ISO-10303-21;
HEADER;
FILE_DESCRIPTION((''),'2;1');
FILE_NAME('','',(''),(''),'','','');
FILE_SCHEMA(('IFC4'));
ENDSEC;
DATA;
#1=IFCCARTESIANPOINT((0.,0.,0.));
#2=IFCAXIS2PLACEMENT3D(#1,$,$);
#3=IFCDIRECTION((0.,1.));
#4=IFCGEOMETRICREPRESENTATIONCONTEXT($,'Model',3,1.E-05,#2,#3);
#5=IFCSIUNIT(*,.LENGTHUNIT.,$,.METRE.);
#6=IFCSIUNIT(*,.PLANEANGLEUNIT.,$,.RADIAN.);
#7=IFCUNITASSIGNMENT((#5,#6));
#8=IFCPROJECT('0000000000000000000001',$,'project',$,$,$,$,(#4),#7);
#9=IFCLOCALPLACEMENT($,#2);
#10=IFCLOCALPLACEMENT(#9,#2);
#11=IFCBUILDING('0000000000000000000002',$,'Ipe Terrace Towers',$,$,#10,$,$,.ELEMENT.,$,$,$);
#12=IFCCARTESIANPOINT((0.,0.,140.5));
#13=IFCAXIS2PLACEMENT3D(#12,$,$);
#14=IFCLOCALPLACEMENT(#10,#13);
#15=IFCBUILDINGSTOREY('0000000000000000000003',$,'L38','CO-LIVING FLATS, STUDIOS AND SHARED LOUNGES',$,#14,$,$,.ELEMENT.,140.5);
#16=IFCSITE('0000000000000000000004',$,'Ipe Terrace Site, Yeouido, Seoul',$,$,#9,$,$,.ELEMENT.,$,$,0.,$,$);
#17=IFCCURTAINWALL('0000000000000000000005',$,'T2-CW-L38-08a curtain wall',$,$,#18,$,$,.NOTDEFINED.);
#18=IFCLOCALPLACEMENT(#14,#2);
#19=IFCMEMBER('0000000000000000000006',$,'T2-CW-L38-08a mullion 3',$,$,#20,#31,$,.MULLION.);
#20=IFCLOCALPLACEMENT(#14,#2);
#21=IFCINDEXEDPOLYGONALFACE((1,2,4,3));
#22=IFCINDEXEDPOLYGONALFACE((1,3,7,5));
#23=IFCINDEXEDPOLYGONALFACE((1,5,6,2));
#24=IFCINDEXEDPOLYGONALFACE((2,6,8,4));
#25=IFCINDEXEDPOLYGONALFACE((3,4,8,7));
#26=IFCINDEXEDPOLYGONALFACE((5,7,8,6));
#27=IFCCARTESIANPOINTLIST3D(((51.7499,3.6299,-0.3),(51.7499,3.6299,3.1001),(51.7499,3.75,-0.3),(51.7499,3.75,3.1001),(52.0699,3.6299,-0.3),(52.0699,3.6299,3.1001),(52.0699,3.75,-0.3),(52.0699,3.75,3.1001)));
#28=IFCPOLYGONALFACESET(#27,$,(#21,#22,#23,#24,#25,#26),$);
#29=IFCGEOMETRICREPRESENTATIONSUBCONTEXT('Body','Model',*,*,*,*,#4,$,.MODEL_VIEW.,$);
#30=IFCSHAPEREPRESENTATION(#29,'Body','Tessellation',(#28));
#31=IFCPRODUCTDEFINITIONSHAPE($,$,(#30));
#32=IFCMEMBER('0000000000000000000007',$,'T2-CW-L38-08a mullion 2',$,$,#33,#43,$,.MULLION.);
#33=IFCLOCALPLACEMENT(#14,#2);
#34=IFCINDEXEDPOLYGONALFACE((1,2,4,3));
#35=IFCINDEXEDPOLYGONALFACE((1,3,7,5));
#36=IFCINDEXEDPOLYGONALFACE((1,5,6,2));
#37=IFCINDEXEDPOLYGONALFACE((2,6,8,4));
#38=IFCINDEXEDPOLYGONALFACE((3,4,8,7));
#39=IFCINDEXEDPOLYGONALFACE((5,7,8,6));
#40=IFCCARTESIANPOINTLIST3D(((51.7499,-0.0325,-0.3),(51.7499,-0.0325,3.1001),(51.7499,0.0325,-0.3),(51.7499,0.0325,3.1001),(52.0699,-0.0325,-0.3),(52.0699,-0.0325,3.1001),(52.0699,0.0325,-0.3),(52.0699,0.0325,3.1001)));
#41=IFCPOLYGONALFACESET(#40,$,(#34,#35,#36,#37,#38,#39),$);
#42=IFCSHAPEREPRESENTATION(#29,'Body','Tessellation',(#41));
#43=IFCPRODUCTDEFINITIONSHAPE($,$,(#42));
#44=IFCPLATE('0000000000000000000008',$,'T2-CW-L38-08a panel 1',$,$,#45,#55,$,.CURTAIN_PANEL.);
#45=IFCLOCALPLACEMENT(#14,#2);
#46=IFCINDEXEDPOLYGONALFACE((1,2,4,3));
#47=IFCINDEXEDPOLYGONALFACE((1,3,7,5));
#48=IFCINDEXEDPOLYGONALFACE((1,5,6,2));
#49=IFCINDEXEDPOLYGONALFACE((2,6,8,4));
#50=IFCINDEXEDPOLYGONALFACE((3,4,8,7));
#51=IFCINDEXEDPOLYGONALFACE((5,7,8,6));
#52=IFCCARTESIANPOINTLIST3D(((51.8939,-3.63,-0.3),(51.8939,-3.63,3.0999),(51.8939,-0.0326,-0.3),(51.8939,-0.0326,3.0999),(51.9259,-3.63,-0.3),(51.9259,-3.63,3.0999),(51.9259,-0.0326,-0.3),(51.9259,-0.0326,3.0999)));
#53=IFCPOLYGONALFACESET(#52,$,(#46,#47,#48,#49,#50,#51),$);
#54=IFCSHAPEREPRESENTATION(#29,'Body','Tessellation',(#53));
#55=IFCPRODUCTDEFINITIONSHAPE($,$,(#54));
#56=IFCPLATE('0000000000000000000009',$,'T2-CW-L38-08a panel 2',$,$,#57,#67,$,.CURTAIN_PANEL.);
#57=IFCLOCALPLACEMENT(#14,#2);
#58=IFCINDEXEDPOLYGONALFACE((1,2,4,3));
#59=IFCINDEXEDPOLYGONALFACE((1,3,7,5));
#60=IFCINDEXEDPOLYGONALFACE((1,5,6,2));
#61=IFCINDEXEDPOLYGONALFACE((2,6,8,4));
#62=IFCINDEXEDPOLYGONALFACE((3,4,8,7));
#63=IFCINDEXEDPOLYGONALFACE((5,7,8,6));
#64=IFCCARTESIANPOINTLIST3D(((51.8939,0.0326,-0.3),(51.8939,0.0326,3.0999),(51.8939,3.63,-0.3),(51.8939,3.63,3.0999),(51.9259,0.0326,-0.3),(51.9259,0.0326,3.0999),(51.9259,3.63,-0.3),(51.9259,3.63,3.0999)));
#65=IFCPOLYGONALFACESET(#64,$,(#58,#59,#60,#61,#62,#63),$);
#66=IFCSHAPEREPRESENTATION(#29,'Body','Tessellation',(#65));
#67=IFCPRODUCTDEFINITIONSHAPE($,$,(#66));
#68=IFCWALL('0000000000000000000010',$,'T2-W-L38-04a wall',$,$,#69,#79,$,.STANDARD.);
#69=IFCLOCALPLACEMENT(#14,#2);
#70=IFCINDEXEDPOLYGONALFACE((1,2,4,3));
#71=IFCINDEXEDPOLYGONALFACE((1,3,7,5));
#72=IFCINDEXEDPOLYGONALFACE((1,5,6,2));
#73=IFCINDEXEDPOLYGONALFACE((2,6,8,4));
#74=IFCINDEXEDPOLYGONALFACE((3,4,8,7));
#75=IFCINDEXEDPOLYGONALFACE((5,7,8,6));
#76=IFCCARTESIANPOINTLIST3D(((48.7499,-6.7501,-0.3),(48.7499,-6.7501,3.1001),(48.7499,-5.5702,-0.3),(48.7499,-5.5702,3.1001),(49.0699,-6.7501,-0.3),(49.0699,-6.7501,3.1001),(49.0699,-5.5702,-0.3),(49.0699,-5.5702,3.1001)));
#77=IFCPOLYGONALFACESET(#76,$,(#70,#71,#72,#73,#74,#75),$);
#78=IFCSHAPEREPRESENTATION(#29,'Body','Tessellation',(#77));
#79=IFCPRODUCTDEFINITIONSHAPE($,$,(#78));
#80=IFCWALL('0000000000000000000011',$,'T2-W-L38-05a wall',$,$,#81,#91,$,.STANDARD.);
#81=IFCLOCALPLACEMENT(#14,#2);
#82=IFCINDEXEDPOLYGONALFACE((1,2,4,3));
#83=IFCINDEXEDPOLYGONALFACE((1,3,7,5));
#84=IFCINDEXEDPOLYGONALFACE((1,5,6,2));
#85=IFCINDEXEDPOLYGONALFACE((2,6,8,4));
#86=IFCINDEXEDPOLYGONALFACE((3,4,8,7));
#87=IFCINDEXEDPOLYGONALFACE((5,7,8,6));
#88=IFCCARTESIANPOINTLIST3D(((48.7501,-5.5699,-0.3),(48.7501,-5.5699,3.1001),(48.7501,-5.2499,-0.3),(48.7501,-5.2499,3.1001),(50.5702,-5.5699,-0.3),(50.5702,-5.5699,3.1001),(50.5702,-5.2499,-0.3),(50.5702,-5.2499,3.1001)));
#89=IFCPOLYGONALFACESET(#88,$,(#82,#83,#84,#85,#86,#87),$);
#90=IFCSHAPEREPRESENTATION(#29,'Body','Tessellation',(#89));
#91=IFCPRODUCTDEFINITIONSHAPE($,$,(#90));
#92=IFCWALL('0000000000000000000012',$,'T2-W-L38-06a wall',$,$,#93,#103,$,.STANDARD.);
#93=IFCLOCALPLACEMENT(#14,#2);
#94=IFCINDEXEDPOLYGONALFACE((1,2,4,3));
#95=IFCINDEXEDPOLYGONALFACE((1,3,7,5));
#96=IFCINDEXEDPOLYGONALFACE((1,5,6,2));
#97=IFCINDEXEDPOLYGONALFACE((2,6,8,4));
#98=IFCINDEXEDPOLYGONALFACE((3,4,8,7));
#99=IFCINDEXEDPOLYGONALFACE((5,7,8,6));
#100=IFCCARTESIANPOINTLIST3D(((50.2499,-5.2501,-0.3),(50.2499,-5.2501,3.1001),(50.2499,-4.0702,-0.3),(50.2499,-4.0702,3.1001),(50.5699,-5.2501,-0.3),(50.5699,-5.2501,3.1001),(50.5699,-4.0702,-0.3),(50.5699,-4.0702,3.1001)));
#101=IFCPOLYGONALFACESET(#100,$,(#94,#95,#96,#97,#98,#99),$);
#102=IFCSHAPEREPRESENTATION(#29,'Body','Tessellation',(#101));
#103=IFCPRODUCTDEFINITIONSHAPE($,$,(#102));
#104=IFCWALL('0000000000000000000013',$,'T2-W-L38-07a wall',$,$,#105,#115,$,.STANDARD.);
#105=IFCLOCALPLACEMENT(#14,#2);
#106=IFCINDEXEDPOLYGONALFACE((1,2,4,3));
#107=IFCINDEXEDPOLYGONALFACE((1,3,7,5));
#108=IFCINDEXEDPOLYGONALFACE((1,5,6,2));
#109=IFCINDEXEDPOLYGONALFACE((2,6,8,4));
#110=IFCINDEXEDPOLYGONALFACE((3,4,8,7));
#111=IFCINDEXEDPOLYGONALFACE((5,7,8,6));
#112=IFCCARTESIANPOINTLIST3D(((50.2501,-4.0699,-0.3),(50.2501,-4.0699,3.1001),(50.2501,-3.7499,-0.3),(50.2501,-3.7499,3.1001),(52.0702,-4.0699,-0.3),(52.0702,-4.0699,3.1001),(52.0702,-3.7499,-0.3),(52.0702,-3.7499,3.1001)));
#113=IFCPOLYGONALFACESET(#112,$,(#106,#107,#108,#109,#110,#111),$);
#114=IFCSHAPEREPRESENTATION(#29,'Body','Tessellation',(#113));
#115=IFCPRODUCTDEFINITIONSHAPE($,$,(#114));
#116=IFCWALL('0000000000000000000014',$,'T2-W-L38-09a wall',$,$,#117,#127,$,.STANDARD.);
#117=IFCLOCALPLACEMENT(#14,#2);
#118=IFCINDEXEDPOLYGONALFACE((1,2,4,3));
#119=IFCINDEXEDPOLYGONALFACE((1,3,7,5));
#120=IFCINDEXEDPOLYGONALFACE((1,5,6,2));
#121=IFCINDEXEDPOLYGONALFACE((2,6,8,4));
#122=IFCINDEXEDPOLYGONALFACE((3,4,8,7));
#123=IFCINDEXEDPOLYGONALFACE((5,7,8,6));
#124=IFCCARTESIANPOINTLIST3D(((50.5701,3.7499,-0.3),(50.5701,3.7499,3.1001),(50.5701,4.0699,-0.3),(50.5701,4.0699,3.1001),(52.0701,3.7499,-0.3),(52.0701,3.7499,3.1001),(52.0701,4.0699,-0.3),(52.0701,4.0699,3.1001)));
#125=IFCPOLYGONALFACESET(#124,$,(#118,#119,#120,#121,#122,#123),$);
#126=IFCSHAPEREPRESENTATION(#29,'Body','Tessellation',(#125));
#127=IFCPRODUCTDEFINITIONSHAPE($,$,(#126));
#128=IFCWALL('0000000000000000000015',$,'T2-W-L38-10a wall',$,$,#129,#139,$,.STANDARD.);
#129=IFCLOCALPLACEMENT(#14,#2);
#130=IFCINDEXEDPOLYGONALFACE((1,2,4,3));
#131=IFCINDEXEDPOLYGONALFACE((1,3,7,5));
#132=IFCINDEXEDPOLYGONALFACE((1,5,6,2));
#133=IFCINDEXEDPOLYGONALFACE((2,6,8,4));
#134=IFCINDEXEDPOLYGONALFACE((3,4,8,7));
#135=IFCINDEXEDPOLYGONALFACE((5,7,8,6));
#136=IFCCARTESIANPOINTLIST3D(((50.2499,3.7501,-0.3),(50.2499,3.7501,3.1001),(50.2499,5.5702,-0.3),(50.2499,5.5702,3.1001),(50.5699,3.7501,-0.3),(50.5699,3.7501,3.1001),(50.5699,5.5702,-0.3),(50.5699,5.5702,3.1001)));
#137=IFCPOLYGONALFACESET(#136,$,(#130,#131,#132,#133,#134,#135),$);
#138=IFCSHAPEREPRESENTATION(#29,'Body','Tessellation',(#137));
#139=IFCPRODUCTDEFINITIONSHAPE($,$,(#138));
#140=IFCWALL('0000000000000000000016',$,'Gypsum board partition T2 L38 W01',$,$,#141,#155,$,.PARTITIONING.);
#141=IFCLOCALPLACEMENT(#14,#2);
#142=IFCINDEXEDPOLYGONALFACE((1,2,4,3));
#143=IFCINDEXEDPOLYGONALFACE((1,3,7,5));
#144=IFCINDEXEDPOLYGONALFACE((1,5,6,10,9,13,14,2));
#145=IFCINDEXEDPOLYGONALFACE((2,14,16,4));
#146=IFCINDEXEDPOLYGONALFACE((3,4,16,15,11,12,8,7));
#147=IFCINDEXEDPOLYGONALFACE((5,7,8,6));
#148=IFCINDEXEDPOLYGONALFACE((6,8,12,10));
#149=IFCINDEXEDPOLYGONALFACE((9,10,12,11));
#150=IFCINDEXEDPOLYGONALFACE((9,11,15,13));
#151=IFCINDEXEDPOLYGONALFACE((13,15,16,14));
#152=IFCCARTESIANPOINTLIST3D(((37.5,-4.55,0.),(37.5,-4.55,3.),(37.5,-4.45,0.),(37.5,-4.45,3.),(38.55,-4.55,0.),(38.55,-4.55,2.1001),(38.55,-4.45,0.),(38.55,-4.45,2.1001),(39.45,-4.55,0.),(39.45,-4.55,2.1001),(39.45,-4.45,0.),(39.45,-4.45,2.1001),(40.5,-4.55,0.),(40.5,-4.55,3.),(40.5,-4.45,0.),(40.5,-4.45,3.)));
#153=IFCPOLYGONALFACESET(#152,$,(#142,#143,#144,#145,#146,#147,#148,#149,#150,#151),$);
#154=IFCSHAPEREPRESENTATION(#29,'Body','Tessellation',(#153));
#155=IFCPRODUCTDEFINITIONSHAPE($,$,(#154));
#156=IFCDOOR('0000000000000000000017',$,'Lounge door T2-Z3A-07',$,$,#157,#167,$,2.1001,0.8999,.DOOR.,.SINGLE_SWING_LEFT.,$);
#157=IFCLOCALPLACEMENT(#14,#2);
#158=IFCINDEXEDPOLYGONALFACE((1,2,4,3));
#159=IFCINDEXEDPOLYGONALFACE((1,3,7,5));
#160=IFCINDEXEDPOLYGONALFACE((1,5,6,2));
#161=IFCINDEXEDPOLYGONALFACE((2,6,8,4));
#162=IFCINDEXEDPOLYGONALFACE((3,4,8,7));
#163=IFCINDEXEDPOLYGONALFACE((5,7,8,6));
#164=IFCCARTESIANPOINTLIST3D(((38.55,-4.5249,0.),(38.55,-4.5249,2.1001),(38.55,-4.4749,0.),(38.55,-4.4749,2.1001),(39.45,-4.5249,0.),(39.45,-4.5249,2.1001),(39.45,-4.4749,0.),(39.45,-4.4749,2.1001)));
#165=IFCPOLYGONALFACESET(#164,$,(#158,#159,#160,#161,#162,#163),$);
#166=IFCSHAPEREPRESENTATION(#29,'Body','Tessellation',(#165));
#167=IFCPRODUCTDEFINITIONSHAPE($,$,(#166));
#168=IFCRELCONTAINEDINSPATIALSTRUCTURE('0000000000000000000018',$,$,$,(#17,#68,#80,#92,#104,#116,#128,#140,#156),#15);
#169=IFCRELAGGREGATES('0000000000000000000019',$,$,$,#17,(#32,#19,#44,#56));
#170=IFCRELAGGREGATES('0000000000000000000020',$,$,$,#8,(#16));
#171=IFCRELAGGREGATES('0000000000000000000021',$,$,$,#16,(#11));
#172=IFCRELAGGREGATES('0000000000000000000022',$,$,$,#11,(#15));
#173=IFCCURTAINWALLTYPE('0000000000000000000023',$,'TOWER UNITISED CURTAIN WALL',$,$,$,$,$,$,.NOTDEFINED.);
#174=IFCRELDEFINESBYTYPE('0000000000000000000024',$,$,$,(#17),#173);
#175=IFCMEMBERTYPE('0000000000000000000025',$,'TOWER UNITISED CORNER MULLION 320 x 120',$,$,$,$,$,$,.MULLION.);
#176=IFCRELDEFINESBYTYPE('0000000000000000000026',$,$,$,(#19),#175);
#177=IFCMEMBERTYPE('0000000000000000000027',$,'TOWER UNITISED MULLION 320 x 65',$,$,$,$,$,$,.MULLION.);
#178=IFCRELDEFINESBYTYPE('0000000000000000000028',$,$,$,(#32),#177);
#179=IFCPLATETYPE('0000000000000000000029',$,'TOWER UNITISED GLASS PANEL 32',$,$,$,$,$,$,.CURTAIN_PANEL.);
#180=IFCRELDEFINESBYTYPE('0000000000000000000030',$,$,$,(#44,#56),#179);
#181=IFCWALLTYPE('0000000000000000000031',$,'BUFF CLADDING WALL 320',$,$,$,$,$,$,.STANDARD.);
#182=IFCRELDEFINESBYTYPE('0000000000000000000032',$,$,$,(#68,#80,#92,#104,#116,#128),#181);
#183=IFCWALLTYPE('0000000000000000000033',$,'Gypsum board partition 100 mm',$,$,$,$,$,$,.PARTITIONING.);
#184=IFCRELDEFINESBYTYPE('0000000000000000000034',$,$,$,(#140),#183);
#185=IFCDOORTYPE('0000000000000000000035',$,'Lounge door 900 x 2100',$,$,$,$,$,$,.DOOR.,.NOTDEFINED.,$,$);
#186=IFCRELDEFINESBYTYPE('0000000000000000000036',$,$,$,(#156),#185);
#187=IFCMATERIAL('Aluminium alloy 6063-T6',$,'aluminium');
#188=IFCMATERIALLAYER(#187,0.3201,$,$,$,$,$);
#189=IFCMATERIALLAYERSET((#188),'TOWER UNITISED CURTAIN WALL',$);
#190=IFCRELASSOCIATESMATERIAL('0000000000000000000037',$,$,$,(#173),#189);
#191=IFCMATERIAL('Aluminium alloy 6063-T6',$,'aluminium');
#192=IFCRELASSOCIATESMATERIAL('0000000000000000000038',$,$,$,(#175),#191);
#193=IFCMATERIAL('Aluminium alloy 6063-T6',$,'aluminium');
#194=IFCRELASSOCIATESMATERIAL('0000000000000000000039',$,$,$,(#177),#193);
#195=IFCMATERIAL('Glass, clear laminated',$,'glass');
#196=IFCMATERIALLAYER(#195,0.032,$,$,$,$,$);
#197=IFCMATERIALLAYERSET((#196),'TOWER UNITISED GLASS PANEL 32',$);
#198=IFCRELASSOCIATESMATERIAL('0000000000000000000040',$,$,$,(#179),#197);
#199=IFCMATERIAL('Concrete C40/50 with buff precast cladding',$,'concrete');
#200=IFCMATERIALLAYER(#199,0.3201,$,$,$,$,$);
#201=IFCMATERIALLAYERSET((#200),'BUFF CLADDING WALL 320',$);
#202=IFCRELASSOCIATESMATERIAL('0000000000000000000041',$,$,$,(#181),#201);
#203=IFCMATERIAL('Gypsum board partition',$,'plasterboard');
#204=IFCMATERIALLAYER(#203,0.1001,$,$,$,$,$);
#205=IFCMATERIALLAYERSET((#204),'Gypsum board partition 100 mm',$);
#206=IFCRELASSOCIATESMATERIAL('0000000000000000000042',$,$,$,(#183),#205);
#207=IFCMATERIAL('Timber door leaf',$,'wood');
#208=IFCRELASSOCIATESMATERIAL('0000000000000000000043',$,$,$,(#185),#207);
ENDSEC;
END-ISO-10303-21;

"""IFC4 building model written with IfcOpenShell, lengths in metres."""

from ifc_helpers import new_model, si_unit, direction, frame, frame_2d, origin, origin_2d, place, context, subcontext, project, spatial, rectangle, extrude, material, layer, layer_set, material_profile, profile_set, type_object, element, fill, aggregate, save


model = new_model("IFC4")

# Units and contexts
model_context = context("Model", 3, precision=1e-05, world=origin(), true_north=direction((0.0, 1.0)))
body_context = subcontext(model_context, "Body", "Model", "MODEL_VIEW")
ifc_project = project(units=[si_unit("LENGTHUNIT", "METRE"), si_unit("PLANEANGLEUNIT", "RADIAN")], contexts=[model_context])

# Site, building, storey
site_placement = place(None, origin())
site = spatial("IfcSite", under=ifc_project, at=site_placement, Name="Ipe Terrace Site, Yeouido, Seoul", CompositionType="ELEMENT", RefElevation=0.0)
building_placement = place(site_placement, origin())
building = spatial("IfcBuilding", under=site, at=building_placement, Name="Ipe Terrace Towers", CompositionType="ELEMENT")
storey_placement = place(building_placement, frame((0.0, 0.0, 140.5)))
storey = spatial("IfcBuildingStorey", under=building, at=storey_placement, Name="L38", Description="CO-LIVING FLATS, STUDIOS AND SHARED LOUNGES", CompositionType="ELEMENT", Elevation=140.5)

# Curtain wall, members, plates
ifc_material_1 = material(Name="Aluminium alloy 6063-T6", Category="aluminium")
ifc_layer_1 = layer(ifc_material_1, 0.3201)
ifc_layer_set_1 = layer_set([ifc_layer_1], Name="TOWER UNITISED CURTAIN WALL")
curtain_wall_type = type_object("IfcCurtainWallType", Name="TOWER UNITISED CURTAIN WALL", PredefinedType="NOTDEFINED", material=ifc_layer_set_1)
curtain_wall_placement = place(storey_placement, origin())
curtain_wall = element("IfcCurtainWall", 1, at=curtain_wall_placement, inside=storey, type_object=curtain_wall_type, Name="T2-CW-L38-08a curtain wall", PredefinedType="NOTDEFINED")
ifc_material_2 = material(Name="Aluminium alloy 6063-T6", Category="aluminium")
ifc_material_profile_1 = material_profile(ifc_material_2, rectangle(XDim=0.3201, YDim=0.1201, at=origin_2d()), Name="TOWER UNITISED CORNER MULLION 320 x 120")
ifc_profile_set_1 = profile_set([ifc_material_profile_1], Name="Aluminium alloy 6063-T6")
member_type_1 = type_object("IfcMemberType", Name="TOWER UNITISED CORNER MULLION 320 x 120", PredefinedType="MULLION", material=ifc_profile_set_1)
member_1_placement = place(storey_placement, frame((51.9099, 3.6899, -0.3), z_axis=(0.0, 0.0, 1.0), x_axis=(1.0, 0.0, 0.0)))
member_1 = element("IfcMember", 2, at=member_1_placement, type_object=member_type_1, Name="T2-CW-L38-08a mullion 3", PredefinedType="MULLION", context=body_context, shape_type="SweptSolid", body=[
    extrude(rectangle(XDim=0.3201, YDim=0.1201, at=origin_2d()), origin(), (0.0, 0.0, 1.0), 3.4001),
])
ifc_material_3 = material(Name="Aluminium alloy 6063-T6", Category="aluminium")
ifc_material_profile_2 = material_profile(ifc_material_3, rectangle(XDim=0.3201, YDim=0.0649, at=origin_2d()), Name="TOWER UNITISED MULLION 320 x 65")
ifc_profile_set_2 = profile_set([ifc_material_profile_2], Name="Aluminium alloy 6063-T6")
member_type_2 = type_object("IfcMemberType", Name="TOWER UNITISED MULLION 320 x 65", PredefinedType="MULLION", material=ifc_profile_set_2)
member_2_placement = place(storey_placement, frame((51.9099, 0.0, -0.3), z_axis=(0.0, 0.0, 1.0), x_axis=(1.0, 0.0, 0.0)))
member_2 = element("IfcMember", 3, at=member_2_placement, type_object=member_type_2, Name="T2-CW-L38-08a mullion 2", PredefinedType="MULLION", context=body_context, shape_type="SweptSolid", body=[
    extrude(rectangle(XDim=0.3201, YDim=0.0649, at=origin_2d()), origin(), (0.0, 0.0, 1.0), 3.4001),
])
ifc_material_4 = material(Name="Glass, clear laminated", Category="glass")
ifc_layer_2 = layer(ifc_material_4, 0.032)
ifc_layer_set_2 = layer_set([ifc_layer_2], Name="TOWER UNITISED GLASS PANEL 32")
plate_type = type_object("IfcPlateType", Name="TOWER UNITISED GLASS PANEL 32", PredefinedType="CURTAIN_PANEL", material=ifc_layer_set_2)
plate_1_placement = place(storey_placement, frame((51.9099, -1.8313, -0.3), z_axis=(0.0, 0.0, 1.0), x_axis=(0.0, 1.0, 0.0)))
plate_1 = element("IfcPlate", 4, at=plate_1_placement, type_object=plate_type, Name="T2-CW-L38-08a panel 1", PredefinedType="CURTAIN_PANEL", context=body_context, shape_type="SweptSolid", body=[
    extrude(rectangle(XDim=3.5974, YDim=0.032, at=origin_2d()), origin(), (0.0, 0.0, 1.0), 3.3999),
])
plate_2_placement = place(storey_placement, frame((51.9099, 1.8313, -0.3), z_axis=(0.0, 0.0, 1.0), x_axis=(0.0, 1.0, 0.0)))
plate_2 = element("IfcPlate", 5, at=plate_2_placement, type_object=plate_type, Name="T2-CW-L38-08a panel 2", PredefinedType="CURTAIN_PANEL", context=body_context, shape_type="SweptSolid", body=[
    extrude(rectangle(XDim=3.5974, YDim=0.032, at=origin_2d()), origin(), (0.0, 0.0, 1.0), 3.3999),
])
aggregate(curtain_wall, [member_2, member_1, plate_1, plate_2])

# Walls
ifc_material_5 = material(Name="Concrete C40/50 with buff precast cladding", Category="concrete")
ifc_layer_3 = layer(ifc_material_5, 0.3201)
ifc_layer_set_3 = layer_set([ifc_layer_3], Name="BUFF CLADDING WALL 320")
wall_type_1 = type_object("IfcWallType", Name="BUFF CLADDING WALL 320", PredefinedType="STANDARD", material=ifc_layer_set_3)
wall_1_placement = place(storey_placement, frame((48.9099, -6.75, -0.3), z_axis=(0.0, 0.0, 1.0), x_axis=(0.0, 1.0, 0.0)))
element("IfcWall", 6, at=wall_1_placement, inside=storey, type_object=wall_type_1, Name="T2-W-L38-04a wall", PredefinedType="STANDARD", context=body_context, shape_type="SweptSolid", body=[
    extrude(rectangle(XDim=1.1799, YDim=0.3201, at=frame_2d((0.5898, 0.0))), origin(), (0.0, 0.0, 1.0), 3.4001),
])
wall_2_placement = place(storey_placement, frame((48.75, -5.4099, -0.3), z_axis=(0.0, 0.0, 1.0), x_axis=(1.0, 0.0, 0.0)))
element("IfcWall", 7, at=wall_2_placement, inside=storey, type_object=wall_type_1, Name="T2-W-L38-05a wall", PredefinedType="STANDARD", context=body_context, shape_type="SweptSolid", body=[
    extrude(rectangle(XDim=1.8201, YDim=0.3201, at=frame_2d((0.9102, 0.0))), origin(), (0.0, 0.0, 1.0), 3.4001),
])
wall_3_placement = place(storey_placement, frame((50.4099, -5.25, -0.3), z_axis=(0.0, 0.0, 1.0), x_axis=(0.0, 1.0, 0.0)))
element("IfcWall", 8, at=wall_3_placement, inside=storey, type_object=wall_type_1, Name="T2-W-L38-06a wall", PredefinedType="STANDARD", context=body_context, shape_type="SweptSolid", body=[
    extrude(rectangle(XDim=1.1799, YDim=0.3201, at=frame_2d((0.5898, 0.0))), origin(), (0.0, 0.0, 1.0), 3.4001),
])
wall_4_placement = place(storey_placement, frame((50.25, -3.9099, -0.3), z_axis=(0.0, 0.0, 1.0), x_axis=(1.0, 0.0, 0.0)))
element("IfcWall", 9, at=wall_4_placement, inside=storey, type_object=wall_type_1, Name="T2-W-L38-07a wall", PredefinedType="STANDARD", context=body_context, shape_type="SweptSolid", body=[
    extrude(rectangle(XDim=1.8201, YDim=0.3201, at=frame_2d((0.9102, 0.0))), origin(), (0.0, 0.0, 1.0), 3.4001),
])
wall_5_placement = place(storey_placement, frame((52.0701, 3.9099, -0.3), z_axis=(0.0, 0.0, 1.0), x_axis=(-1.0, 0.0, 0.0)))
element("IfcWall", 10, at=wall_5_placement, inside=storey, type_object=wall_type_1, Name="T2-W-L38-09a wall", PredefinedType="STANDARD", context=body_context, shape_type="SweptSolid", body=[
    extrude(rectangle(XDim=1.5, YDim=0.3201, at=frame_2d((0.75, 0.0))), origin(), (0.0, 0.0, 1.0), 3.4001),
])
wall_6_placement = place(storey_placement, frame((50.4099, 3.75, -0.3), z_axis=(0.0, 0.0, 1.0), x_axis=(0.0, 1.0, 0.0)))
element("IfcWall", 11, at=wall_6_placement, inside=storey, type_object=wall_type_1, Name="T2-W-L38-10a wall", PredefinedType="STANDARD", context=body_context, shape_type="SweptSolid", body=[
    extrude(rectangle(XDim=1.8201, YDim=0.3201, at=frame_2d((0.9102, 0.0))), origin(), (0.0, 0.0, 1.0), 3.4001),
])

# Wall, opening, door
ifc_material_6 = material(Name="Gypsum board partition", Category="plasterboard")
ifc_layer_4 = layer(ifc_material_6, 0.1001)
ifc_layer_set_4 = layer_set([ifc_layer_4], Name="Gypsum board partition 100 mm")
wall_type_2 = type_object("IfcWallType", Name="Gypsum board partition 100 mm", PredefinedType="PARTITIONING", material=ifc_layer_set_4)
wall_7_placement = place(storey_placement, frame((40.5, -4.5, 0.0), z_axis=(0.0, 0.0, 1.0), x_axis=(-1.0, 0.0, 0.0)))
wall_7 = element("IfcWall", 12, at=wall_7_placement, inside=storey, type_object=wall_type_2, Name="Gypsum board partition T2 L38 W01", PredefinedType="PARTITIONING", context=body_context, shape_type="SweptSolid", body=[
    extrude(rectangle(XDim=3.0, YDim=0.1001, at=frame_2d((1.5, 0.0))), origin(), (0.0, 0.0, 1.0), 3.0),
])
opening_1_placement = place(wall_7_placement, frame((1.05, 0.0, 0.0)))
opening_1 = element("IfcOpeningElement", 13, at=opening_1_placement, cuts=wall_7, PredefinedType="OPENING", context=body_context, shape_type="SweptSolid", body=[
    extrude(rectangle(XDim=0.8999, YDim=2.1001, at=frame_2d((0.45, 1.05))), frame((0.0, 0.0601, 0.0), z_axis=(0.0, -1.0, 0.0), x_axis=(1.0, 0.0, 0.0)), (0.0, 0.0, 1.0), 0.1201),
])
ifc_material_7 = material(Name="Timber door leaf", Category="wood")
door_type = type_object("IfcDoorType", Name="Lounge door 900 x 2100", OperationType="NOTDEFINED", PredefinedType="DOOR", material=ifc_material_7)
door_1_placement = place(opening_1_placement, origin())
door_1 = element("IfcDoor", 14, at=door_1_placement, inside=storey, type_object=door_type, Name="Lounge door T2-Z3A-07", OperationType="SINGLE_SWING_LEFT", OverallHeight=2.1001, OverallWidth=0.8999, PredefinedType="DOOR", context=body_context, shape_type="SweptSolid", body=[
    extrude(rectangle(XDim=0.8999, YDim=2.1001, at=frame_2d((0.45, 1.05))), frame((0.0, 0.0249, 0.0), z_axis=(0.0, -1.0, 0.0), x_axis=(1.0, 0.0, 0.0)), (0.0, 0.0, 1.0), 0.05),
])
fill(opening_1, door_1)

save(model, "model.ifc")
